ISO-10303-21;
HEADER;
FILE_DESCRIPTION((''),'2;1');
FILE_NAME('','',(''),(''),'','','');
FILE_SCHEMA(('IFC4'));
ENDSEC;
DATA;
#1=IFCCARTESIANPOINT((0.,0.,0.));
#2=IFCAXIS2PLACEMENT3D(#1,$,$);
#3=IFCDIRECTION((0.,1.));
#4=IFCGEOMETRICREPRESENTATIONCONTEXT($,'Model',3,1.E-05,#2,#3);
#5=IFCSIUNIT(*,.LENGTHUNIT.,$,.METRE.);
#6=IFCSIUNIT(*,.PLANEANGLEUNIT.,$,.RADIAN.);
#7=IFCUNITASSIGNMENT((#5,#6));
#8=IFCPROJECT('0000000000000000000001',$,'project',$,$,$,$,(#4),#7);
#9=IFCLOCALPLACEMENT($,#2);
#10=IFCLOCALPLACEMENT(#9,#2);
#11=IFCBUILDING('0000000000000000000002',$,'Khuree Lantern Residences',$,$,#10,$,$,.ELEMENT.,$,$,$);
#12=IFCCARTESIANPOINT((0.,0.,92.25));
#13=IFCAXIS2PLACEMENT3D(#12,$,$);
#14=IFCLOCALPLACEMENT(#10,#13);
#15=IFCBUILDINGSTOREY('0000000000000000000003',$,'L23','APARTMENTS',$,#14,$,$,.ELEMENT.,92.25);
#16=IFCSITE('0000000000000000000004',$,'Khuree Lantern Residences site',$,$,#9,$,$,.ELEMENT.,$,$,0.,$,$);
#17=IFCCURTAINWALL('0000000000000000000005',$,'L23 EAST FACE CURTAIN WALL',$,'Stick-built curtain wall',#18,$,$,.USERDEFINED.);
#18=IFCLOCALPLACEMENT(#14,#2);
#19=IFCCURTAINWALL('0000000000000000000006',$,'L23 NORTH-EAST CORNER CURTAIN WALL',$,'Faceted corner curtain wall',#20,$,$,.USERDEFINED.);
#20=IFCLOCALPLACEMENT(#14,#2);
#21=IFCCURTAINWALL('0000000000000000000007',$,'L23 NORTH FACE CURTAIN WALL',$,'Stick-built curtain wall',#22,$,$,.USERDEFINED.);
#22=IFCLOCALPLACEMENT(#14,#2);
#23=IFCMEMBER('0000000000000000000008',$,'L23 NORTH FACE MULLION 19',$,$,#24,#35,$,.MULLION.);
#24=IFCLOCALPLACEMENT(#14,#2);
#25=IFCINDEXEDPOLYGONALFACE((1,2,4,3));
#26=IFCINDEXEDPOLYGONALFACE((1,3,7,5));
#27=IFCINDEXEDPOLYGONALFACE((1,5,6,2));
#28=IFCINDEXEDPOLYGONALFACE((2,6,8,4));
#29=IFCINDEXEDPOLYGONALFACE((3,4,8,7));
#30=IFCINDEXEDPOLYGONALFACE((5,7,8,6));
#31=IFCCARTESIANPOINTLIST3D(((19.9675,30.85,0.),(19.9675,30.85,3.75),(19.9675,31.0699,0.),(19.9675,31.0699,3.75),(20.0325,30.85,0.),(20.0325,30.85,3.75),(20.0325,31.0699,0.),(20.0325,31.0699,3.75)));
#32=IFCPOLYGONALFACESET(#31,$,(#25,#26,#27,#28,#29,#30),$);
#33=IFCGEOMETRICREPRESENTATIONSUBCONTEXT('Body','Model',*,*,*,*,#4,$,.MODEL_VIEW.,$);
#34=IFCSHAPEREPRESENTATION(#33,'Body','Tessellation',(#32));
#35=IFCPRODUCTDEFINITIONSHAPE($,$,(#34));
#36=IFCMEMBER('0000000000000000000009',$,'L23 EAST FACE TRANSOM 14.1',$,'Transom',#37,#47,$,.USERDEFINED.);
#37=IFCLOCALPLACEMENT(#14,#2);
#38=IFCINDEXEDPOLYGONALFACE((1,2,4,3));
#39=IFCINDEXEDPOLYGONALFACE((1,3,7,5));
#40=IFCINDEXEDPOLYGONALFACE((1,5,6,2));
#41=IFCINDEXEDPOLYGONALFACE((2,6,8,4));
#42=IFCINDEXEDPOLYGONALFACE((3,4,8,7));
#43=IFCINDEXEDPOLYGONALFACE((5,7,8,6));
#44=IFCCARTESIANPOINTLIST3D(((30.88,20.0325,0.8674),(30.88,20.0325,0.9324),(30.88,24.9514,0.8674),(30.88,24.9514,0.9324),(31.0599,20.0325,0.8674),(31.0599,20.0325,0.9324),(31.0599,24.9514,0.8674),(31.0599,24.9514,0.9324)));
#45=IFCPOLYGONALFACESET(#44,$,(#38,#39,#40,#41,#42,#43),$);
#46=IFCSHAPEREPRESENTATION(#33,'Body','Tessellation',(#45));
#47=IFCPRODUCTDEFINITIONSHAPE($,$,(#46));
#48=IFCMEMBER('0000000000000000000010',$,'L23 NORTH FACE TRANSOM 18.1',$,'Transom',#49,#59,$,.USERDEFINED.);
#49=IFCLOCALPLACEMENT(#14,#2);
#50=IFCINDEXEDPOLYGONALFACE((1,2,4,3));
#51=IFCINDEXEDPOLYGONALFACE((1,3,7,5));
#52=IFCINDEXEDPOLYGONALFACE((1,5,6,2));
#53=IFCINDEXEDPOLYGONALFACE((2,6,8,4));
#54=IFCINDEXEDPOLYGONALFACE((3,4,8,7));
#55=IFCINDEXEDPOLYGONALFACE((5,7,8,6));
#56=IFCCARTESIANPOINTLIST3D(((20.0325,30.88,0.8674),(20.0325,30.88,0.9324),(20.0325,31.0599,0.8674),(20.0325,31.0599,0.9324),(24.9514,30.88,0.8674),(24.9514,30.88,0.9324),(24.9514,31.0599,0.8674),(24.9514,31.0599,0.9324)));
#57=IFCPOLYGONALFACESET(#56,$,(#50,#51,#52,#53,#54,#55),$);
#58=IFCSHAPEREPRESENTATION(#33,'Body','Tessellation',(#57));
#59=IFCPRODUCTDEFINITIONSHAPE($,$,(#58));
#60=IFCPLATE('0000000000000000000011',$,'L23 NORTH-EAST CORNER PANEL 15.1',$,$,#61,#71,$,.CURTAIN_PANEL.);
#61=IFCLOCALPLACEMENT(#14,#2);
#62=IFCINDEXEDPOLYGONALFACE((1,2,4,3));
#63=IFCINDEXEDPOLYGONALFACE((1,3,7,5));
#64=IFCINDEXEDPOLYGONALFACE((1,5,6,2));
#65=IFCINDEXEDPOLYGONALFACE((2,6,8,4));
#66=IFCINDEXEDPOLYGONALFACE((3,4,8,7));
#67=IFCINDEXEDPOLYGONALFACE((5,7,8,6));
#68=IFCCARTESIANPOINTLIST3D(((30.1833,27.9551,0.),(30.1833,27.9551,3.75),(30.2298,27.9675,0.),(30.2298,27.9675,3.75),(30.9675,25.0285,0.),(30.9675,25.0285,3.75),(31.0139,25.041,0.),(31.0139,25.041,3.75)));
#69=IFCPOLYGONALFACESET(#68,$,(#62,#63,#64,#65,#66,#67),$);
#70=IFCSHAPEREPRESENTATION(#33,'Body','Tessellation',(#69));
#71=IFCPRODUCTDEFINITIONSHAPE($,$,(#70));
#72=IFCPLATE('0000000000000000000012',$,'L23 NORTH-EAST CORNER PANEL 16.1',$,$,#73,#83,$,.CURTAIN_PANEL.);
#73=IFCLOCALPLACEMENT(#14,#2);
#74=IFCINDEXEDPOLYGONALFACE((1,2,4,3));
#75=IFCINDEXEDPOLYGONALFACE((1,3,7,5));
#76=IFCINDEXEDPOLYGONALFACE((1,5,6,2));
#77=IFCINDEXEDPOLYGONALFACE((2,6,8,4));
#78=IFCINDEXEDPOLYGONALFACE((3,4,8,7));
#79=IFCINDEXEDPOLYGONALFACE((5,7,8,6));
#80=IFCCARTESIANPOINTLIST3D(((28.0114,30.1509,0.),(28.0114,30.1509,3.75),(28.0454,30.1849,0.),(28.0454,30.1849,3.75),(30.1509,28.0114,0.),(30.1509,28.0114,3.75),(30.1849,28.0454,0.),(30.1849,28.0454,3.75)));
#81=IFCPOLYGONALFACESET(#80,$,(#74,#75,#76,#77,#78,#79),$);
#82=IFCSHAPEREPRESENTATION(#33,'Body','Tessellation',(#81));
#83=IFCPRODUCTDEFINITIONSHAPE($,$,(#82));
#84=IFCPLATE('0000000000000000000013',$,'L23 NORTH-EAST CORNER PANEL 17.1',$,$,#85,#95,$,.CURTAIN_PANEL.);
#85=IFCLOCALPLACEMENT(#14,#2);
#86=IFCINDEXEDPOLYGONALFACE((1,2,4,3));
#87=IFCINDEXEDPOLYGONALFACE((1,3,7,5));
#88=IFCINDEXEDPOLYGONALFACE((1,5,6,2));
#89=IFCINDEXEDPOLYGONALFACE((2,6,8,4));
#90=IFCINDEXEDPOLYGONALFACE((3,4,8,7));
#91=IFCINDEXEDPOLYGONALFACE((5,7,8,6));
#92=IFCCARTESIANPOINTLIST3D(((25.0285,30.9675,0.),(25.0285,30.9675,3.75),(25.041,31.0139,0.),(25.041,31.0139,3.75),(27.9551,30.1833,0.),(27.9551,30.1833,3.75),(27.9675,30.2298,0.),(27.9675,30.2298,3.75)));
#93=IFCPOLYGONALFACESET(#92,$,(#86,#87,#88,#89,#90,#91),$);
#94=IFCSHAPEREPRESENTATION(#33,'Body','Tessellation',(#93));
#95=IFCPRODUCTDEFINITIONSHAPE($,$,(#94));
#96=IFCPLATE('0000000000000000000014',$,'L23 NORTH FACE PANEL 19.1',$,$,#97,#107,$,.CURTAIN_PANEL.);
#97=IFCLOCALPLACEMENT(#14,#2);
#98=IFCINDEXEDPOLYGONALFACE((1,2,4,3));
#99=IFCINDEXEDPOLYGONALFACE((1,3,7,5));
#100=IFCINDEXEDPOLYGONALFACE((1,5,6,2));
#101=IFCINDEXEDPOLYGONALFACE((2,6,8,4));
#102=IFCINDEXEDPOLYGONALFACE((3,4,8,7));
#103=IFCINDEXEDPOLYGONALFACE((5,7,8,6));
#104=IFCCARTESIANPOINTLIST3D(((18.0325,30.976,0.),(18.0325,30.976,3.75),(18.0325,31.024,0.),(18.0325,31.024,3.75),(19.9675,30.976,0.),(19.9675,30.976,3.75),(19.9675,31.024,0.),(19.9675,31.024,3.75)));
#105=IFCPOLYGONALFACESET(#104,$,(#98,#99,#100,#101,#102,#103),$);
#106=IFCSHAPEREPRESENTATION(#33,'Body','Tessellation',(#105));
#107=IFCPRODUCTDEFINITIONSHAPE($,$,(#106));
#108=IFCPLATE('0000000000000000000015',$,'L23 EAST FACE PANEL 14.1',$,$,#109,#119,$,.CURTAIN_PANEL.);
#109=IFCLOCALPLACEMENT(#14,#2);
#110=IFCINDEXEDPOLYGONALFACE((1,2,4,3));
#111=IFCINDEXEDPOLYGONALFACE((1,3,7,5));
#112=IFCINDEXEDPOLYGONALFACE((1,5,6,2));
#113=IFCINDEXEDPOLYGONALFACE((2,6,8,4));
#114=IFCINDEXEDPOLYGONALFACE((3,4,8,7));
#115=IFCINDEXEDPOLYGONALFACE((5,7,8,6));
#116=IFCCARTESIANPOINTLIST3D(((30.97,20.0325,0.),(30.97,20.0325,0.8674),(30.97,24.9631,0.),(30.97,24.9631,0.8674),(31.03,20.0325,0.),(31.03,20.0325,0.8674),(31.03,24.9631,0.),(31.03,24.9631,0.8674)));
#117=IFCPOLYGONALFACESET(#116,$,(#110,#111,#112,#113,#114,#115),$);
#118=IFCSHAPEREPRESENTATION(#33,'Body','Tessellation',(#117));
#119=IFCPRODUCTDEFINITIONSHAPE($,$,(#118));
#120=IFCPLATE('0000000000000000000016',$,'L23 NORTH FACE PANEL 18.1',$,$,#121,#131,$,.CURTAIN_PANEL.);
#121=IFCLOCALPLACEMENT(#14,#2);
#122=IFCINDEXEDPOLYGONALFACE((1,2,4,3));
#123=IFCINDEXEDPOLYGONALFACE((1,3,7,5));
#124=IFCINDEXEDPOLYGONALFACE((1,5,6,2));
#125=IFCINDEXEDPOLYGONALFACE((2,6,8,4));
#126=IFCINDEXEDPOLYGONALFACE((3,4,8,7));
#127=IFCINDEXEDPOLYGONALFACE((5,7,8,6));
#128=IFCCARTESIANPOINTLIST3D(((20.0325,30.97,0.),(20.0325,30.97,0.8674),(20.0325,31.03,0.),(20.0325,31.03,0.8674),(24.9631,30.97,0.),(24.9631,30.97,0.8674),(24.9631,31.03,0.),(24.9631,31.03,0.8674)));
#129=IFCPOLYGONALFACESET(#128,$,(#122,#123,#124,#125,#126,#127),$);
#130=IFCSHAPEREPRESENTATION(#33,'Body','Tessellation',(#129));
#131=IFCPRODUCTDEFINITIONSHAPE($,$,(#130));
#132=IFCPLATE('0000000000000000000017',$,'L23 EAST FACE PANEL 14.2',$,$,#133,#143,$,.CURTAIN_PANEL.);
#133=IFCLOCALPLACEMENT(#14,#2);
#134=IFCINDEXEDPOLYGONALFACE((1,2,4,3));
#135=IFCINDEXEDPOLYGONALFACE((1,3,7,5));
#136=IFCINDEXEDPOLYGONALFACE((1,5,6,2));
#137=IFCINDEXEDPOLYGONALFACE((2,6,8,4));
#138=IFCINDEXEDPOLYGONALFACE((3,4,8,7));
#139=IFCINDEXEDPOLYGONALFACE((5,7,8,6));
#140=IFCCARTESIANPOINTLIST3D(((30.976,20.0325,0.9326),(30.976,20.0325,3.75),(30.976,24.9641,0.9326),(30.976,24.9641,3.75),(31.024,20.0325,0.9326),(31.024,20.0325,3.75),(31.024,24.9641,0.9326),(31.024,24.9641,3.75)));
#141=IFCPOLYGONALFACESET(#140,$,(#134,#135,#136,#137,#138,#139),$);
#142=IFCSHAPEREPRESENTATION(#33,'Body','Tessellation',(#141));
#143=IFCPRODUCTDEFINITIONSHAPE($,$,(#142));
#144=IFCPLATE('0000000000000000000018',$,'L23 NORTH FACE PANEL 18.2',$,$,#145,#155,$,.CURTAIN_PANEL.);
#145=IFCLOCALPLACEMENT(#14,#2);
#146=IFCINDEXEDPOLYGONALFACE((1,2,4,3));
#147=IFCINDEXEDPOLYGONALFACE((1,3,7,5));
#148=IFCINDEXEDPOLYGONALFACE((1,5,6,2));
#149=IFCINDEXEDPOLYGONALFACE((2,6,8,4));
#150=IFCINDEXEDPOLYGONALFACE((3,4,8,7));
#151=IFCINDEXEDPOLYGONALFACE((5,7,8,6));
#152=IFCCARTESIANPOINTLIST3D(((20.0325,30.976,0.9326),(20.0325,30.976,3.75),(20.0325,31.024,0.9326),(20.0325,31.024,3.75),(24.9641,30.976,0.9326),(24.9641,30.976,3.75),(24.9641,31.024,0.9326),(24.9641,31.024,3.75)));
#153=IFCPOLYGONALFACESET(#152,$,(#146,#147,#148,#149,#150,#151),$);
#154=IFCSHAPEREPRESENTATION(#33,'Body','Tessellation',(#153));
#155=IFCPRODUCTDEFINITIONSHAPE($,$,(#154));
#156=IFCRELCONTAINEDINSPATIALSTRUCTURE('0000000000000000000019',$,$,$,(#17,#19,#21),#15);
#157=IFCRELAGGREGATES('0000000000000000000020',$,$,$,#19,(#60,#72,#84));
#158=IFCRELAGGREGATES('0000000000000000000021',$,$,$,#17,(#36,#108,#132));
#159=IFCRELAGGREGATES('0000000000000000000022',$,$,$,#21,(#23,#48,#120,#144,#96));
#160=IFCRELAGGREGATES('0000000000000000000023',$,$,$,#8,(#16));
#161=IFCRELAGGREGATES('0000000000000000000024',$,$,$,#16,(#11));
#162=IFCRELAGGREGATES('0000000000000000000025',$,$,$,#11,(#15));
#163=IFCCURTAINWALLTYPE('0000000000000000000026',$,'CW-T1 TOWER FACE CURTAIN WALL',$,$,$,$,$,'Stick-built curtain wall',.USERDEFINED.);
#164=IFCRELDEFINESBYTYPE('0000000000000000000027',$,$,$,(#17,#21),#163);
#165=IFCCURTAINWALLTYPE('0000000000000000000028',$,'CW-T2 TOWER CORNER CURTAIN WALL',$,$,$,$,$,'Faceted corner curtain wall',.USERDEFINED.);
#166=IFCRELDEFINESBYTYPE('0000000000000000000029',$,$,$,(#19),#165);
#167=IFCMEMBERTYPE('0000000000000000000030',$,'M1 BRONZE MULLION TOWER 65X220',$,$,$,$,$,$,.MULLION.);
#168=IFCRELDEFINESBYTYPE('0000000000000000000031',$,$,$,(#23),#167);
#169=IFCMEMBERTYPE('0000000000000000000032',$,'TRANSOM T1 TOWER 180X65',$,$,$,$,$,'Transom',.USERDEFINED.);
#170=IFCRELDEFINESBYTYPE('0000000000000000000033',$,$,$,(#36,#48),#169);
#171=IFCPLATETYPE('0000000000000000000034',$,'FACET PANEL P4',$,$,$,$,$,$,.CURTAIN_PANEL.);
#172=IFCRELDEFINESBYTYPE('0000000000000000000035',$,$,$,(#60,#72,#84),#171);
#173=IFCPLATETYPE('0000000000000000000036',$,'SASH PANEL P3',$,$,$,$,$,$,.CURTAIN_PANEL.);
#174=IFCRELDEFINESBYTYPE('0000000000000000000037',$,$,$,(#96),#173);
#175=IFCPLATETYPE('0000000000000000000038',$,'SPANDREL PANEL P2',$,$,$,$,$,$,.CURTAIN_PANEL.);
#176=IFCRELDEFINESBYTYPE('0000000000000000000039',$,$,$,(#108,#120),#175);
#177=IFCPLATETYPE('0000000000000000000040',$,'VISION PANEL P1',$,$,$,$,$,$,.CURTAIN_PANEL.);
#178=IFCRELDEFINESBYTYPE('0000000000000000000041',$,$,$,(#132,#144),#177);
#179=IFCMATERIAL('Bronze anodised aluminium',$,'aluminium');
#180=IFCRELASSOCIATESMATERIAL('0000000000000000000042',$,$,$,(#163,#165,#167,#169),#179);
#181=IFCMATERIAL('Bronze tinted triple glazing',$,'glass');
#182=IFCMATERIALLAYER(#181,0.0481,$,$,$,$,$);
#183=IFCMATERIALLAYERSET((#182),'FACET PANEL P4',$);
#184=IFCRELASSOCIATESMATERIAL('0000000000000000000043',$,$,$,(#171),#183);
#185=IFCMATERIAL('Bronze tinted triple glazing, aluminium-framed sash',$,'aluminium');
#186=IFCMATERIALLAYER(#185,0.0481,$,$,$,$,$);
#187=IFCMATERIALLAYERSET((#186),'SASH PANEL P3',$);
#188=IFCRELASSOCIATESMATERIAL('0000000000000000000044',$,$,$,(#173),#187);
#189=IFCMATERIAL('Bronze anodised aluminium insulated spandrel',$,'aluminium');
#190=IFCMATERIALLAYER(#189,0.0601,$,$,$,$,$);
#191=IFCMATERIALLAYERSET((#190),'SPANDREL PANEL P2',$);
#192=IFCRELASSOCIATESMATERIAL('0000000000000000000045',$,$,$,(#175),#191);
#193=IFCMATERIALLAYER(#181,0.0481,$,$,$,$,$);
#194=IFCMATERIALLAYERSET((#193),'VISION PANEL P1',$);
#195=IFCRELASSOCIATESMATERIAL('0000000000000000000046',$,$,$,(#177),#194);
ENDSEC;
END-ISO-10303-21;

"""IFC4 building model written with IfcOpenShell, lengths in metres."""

from ifc_helpers import new_model, si_unit, direction, frame, origin, origin_2d, place, context, subcontext, project, spatial, rectangle, extrude, material, layer, layer_set, material_profile, profile_set, type_object, element, aggregate, save


model = new_model("IFC4")

# Units and contexts
model_context = context("Model", 3, precision=1e-05, world=origin(), true_north=direction((0.0, 1.0)))
body_context = subcontext(model_context, "Body", "Model", "MODEL_VIEW")
ifc_project = project(units=[si_unit("LENGTHUNIT", "METRE"), si_unit("PLANEANGLEUNIT", "RADIAN")], contexts=[model_context])

# Site, building, storey
site_placement = place(None, origin())
site = spatial("IfcSite", under=ifc_project, at=site_placement, Name="Khuree Lantern Residences site", CompositionType="ELEMENT", RefElevation=0.0)
building_placement = place(site_placement, origin())
building = spatial("IfcBuilding", under=site, at=building_placement, Name="Khuree Lantern Residences", CompositionType="ELEMENT")
storey_placement = place(building_placement, frame((0.0, 0.0, 92.25)))
storey = spatial("IfcBuildingStorey", under=building, at=storey_placement, Name="L23", Description="APARTMENTS", CompositionType="ELEMENT", Elevation=92.25)

# Curtain walls
ifc_material_1 = material(Name="Bronze anodised aluminium", Category="aluminium")
curtain_wall_type_1 = type_object("IfcCurtainWallType", Name="CW-T1 TOWER FACE CURTAIN WALL", ElementType="Stick-built curtain wall", PredefinedType="USERDEFINED", material=ifc_material_1)
curtain_wall_1_placement = place(storey_placement, origin())
curtain_wall_1 = element("IfcCurtainWall", 1, at=curtain_wall_1_placement, inside=storey, type_object=curtain_wall_type_1, Name="L23 EAST FACE CURTAIN WALL", ObjectType="Stick-built curtain wall", PredefinedType="USERDEFINED")
curtain_wall_type_2 = type_object("IfcCurtainWallType", Name="CW-T2 TOWER CORNER CURTAIN WALL", ElementType="Faceted corner curtain wall", PredefinedType="USERDEFINED", material=ifc_material_1)
curtain_wall_2_placement = place(storey_placement, origin())
curtain_wall_2 = element("IfcCurtainWall", 2, at=curtain_wall_2_placement, inside=storey, type_object=curtain_wall_type_2, Name="L23 NORTH-EAST CORNER CURTAIN WALL", ObjectType="Faceted corner curtain wall", PredefinedType="USERDEFINED")

# Shared definitions
ifc_material_profile_1 = material_profile(ifc_material_1, rectangle(XDim=0.0649, YDim=0.22, at=origin_2d()), Name="M1 65X220")
ifc_profile_set_1 = profile_set([ifc_material_profile_1], Name="Bronze anodised aluminium")
member_type_1 = type_object("IfcMemberType", Name="M1 BRONZE MULLION TOWER 65X220", PredefinedType="MULLION", material=ifc_profile_set_1)

# Curtain wall, member
curtain_wall_3_placement = place(storey_placement, origin())
curtain_wall_3 = element("IfcCurtainWall", 3, at=curtain_wall_3_placement, inside=storey, type_object=curtain_wall_type_1, Name="L23 NORTH FACE CURTAIN WALL", ObjectType="Stick-built curtain wall", PredefinedType="USERDEFINED")
member_1_placement = place(storey_placement, frame((20.0, 30.96, 0.0), z_axis=(0.0, 0.0, 1.0), x_axis=(-1.0, 0.0, 0.0)))
member_1 = element("IfcMember", 4, at=member_1_placement, type_object=member_type_1, Name="L23 NORTH FACE MULLION 19", PredefinedType="MULLION", context=body_context, shape_type="SweptSolid", body=[
    extrude(rectangle(XDim=0.0649, YDim=0.22, at=origin_2d()), origin(), (0.0, 0.0, 1.0), 3.75),
])

# Members
ifc_material_profile_2 = material_profile(ifc_material_1, rectangle(XDim=0.1799, YDim=0.0649, at=origin_2d()), Name="T1 180X65")
ifc_profile_set_2 = profile_set([ifc_material_profile_2], Name="Bronze anodised aluminium")
member_type_2 = type_object("IfcMemberType", Name="TRANSOM T1 TOWER 180X65", ElementType="Transom", PredefinedType="USERDEFINED", material=ifc_profile_set_2)
member_2_placement = place(storey_placement, frame((30.97, 20.0325, 0.8999), z_axis=(0.0, 1.0, 0.0), x_axis=(-1.0, 0.0, 0.0)))
member_2 = element("IfcMember", 5, at=member_2_placement, type_object=member_type_2, Name="L23 EAST FACE TRANSOM 14.1", ObjectType="Transom", PredefinedType="USERDEFINED", context=body_context, shape_type="SweptSolid", body=[
    extrude(rectangle(XDim=0.1799, YDim=0.0649, at=origin_2d()), origin(), (0.0, 0.0, 1.0), 4.9189),
])
member_3_placement = place(storey_placement, frame((24.9514, 30.97, 0.8999), z_axis=(-1.0, 0.0, 0.0), x_axis=(0.0, -1.0, 0.0)))
member_3 = element("IfcMember", 6, at=member_3_placement, type_object=member_type_2, Name="L23 NORTH FACE TRANSOM 18.1", ObjectType="Transom", PredefinedType="USERDEFINED", context=body_context, shape_type="SweptSolid", body=[
    extrude(rectangle(XDim=0.1799, YDim=0.0649, at=origin_2d()), origin(), (0.0, 0.0, 1.0), 4.9189),
])

# Plates
ifc_material_2 = material(Name="Bronze tinted triple glazing", Category="glass")
ifc_layer_1 = layer(ifc_material_2, 0.0481)
ifc_layer_set_1 = layer_set([ifc_layer_1], Name="FACET PANEL P4")
plate_type_1 = type_object("IfcPlateType", Name="FACET PANEL P4", PredefinedType="CURTAIN_PANEL", material=ifc_layer_set_1)
plate_1_placement = place(storey_placement, frame((30.5986, 26.498, 0.0), z_axis=(0.0, 0.0, 1.0), x_axis=(-0.258819, 0.965926, 0.0)))
plate_1 = element("IfcPlate", 7, at=plate_1_placement, type_object=plate_type_1, Name="L23 NORTH-EAST CORNER PANEL 15.1", PredefinedType="CURTAIN_PANEL", context=body_context, shape_type="SweptSolid", body=[
    extrude(rectangle(XDim=3.0298, YDim=0.0481, at=origin_2d()), origin(), (0.0, 0.0, 1.0), 3.75),
])
plate_2_placement = place(storey_placement, frame((29.0981, 29.0981, 0.0), z_axis=(0.0, 0.0, 1.0), x_axis=(-0.707107, 0.707107, 0.0)))
plate_2 = element("IfcPlate", 8, at=plate_2_placement, type_object=plate_type_1, Name="L23 NORTH-EAST CORNER PANEL 16.1", PredefinedType="CURTAIN_PANEL", context=body_context, shape_type="SweptSolid", body=[
    extrude(rectangle(XDim=3.0256, YDim=0.0481, at=origin_2d()), origin(), (0.0, 0.0, 1.0), 3.75),
])
plate_3_placement = place(storey_placement, frame((26.498, 30.5986, 0.0), z_axis=(0.0, 0.0, 1.0), x_axis=(-0.965926, 0.258819, 0.0)))
plate_3 = element("IfcPlate", 9, at=plate_3_placement, type_object=plate_type_1, Name="L23 NORTH-EAST CORNER PANEL 17.1", PredefinedType="CURTAIN_PANEL", context=body_context, shape_type="SweptSolid", body=[
    extrude(rectangle(XDim=3.0298, YDim=0.0481, at=origin_2d()), origin(), (0.0, 0.0, 1.0), 3.75),
])
aggregate(curtain_wall_2, [plate_1, plate_2, plate_3])
ifc_material_3 = material(Name="Bronze tinted triple glazing, aluminium-framed sash", Category="aluminium")
ifc_layer_2 = layer(ifc_material_3, 0.0481)
ifc_layer_set_2 = layer_set([ifc_layer_2], Name="SASH PANEL P3")
plate_type_2 = type_object("IfcPlateType", Name="SASH PANEL P3", PredefinedType="CURTAIN_PANEL", material=ifc_layer_set_2)
plate_4_placement = place(storey_placement, frame((19.0, 31.0, 0.0), z_axis=(0.0, 0.0, 1.0), x_axis=(-1.0, 0.0, 0.0)))
plate_4 = element("IfcPlate", 10, at=plate_4_placement, type_object=plate_type_2, Name="L23 NORTH FACE PANEL 19.1", PredefinedType="CURTAIN_PANEL", context=body_context, shape_type="SweptSolid", body=[
    extrude(rectangle(XDim=1.9351, YDim=0.0481, at=origin_2d()), origin(), (0.0, 0.0, 1.0), 3.75),
])
ifc_material_4 = material(Name="Bronze anodised aluminium insulated spandrel", Category="aluminium")
ifc_layer_3 = layer(ifc_material_4, 0.0601)
ifc_layer_set_3 = layer_set([ifc_layer_3], Name="SPANDREL PANEL P2")
plate_type_3 = type_object("IfcPlateType", Name="SPANDREL PANEL P2", PredefinedType="CURTAIN_PANEL", material=ifc_layer_set_3)
plate_5_placement = place(storey_placement, frame((31.0, 22.4978, 0.0), z_axis=(0.0, 0.0, 1.0), x_axis=(0.0, 1.0, 0.0)))
plate_5 = element("IfcPlate", 11, at=plate_5_placement, type_object=plate_type_3, Name="L23 EAST FACE PANEL 14.1", PredefinedType="CURTAIN_PANEL", context=body_context, shape_type="SweptSolid", body=[
    extrude(rectangle(XDim=4.9307, YDim=0.0601, at=origin_2d()), origin(), (0.0, 0.0, 1.0), 0.8674),
])
plate_6_placement = place(storey_placement, frame((22.4978, 31.0, 0.0), z_axis=(0.0, 0.0, 1.0), x_axis=(-1.0, 0.0, 0.0)))
plate_6 = element("IfcPlate", 12, at=plate_6_placement, type_object=plate_type_3, Name="L23 NORTH FACE PANEL 18.1", PredefinedType="CURTAIN_PANEL", context=body_context, shape_type="SweptSolid", body=[
    extrude(rectangle(XDim=4.9307, YDim=0.0601, at=origin_2d()), origin(), (0.0, 0.0, 1.0), 0.8674),
])
ifc_layer_4 = layer(ifc_material_2, 0.0481)
ifc_layer_set_4 = layer_set([ifc_layer_4], Name="VISION PANEL P1")
plate_type_4 = type_object("IfcPlateType", Name="VISION PANEL P1", PredefinedType="CURTAIN_PANEL", material=ifc_layer_set_4)
plate_7_placement = place(storey_placement, frame((31.0, 22.4983, 0.9326), z_axis=(0.0, 0.0, 1.0), x_axis=(0.0, 1.0, 0.0)))
plate_7 = element("IfcPlate", 13, at=plate_7_placement, type_object=plate_type_4, Name="L23 EAST FACE PANEL 14.2", PredefinedType="CURTAIN_PANEL", context=body_context, shape_type="SweptSolid", body=[
    extrude(rectangle(XDim=4.9316, YDim=0.0481, at=origin_2d()), origin(), (0.0, 0.0, 1.0), 2.8174),
])
aggregate(curtain_wall_1, [member_2, plate_5, plate_7])
plate_8_placement = place(storey_placement, frame((22.4983, 31.0, 0.9326), z_axis=(0.0, 0.0, 1.0), x_axis=(-1.0, 0.0, 0.0)))
plate_8 = element("IfcPlate", 14, at=plate_8_placement, type_object=plate_type_4, Name="L23 NORTH FACE PANEL 18.2", PredefinedType="CURTAIN_PANEL", context=body_context, shape_type="SweptSolid", body=[
    extrude(rectangle(XDim=4.9316, YDim=0.0481, at=origin_2d()), origin(), (0.0, 0.0, 1.0), 2.8174),
])
aggregate(curtain_wall_3, [member_1, member_3, plate_6, plate_8, plate_4])

save(model, "model.ifc")
